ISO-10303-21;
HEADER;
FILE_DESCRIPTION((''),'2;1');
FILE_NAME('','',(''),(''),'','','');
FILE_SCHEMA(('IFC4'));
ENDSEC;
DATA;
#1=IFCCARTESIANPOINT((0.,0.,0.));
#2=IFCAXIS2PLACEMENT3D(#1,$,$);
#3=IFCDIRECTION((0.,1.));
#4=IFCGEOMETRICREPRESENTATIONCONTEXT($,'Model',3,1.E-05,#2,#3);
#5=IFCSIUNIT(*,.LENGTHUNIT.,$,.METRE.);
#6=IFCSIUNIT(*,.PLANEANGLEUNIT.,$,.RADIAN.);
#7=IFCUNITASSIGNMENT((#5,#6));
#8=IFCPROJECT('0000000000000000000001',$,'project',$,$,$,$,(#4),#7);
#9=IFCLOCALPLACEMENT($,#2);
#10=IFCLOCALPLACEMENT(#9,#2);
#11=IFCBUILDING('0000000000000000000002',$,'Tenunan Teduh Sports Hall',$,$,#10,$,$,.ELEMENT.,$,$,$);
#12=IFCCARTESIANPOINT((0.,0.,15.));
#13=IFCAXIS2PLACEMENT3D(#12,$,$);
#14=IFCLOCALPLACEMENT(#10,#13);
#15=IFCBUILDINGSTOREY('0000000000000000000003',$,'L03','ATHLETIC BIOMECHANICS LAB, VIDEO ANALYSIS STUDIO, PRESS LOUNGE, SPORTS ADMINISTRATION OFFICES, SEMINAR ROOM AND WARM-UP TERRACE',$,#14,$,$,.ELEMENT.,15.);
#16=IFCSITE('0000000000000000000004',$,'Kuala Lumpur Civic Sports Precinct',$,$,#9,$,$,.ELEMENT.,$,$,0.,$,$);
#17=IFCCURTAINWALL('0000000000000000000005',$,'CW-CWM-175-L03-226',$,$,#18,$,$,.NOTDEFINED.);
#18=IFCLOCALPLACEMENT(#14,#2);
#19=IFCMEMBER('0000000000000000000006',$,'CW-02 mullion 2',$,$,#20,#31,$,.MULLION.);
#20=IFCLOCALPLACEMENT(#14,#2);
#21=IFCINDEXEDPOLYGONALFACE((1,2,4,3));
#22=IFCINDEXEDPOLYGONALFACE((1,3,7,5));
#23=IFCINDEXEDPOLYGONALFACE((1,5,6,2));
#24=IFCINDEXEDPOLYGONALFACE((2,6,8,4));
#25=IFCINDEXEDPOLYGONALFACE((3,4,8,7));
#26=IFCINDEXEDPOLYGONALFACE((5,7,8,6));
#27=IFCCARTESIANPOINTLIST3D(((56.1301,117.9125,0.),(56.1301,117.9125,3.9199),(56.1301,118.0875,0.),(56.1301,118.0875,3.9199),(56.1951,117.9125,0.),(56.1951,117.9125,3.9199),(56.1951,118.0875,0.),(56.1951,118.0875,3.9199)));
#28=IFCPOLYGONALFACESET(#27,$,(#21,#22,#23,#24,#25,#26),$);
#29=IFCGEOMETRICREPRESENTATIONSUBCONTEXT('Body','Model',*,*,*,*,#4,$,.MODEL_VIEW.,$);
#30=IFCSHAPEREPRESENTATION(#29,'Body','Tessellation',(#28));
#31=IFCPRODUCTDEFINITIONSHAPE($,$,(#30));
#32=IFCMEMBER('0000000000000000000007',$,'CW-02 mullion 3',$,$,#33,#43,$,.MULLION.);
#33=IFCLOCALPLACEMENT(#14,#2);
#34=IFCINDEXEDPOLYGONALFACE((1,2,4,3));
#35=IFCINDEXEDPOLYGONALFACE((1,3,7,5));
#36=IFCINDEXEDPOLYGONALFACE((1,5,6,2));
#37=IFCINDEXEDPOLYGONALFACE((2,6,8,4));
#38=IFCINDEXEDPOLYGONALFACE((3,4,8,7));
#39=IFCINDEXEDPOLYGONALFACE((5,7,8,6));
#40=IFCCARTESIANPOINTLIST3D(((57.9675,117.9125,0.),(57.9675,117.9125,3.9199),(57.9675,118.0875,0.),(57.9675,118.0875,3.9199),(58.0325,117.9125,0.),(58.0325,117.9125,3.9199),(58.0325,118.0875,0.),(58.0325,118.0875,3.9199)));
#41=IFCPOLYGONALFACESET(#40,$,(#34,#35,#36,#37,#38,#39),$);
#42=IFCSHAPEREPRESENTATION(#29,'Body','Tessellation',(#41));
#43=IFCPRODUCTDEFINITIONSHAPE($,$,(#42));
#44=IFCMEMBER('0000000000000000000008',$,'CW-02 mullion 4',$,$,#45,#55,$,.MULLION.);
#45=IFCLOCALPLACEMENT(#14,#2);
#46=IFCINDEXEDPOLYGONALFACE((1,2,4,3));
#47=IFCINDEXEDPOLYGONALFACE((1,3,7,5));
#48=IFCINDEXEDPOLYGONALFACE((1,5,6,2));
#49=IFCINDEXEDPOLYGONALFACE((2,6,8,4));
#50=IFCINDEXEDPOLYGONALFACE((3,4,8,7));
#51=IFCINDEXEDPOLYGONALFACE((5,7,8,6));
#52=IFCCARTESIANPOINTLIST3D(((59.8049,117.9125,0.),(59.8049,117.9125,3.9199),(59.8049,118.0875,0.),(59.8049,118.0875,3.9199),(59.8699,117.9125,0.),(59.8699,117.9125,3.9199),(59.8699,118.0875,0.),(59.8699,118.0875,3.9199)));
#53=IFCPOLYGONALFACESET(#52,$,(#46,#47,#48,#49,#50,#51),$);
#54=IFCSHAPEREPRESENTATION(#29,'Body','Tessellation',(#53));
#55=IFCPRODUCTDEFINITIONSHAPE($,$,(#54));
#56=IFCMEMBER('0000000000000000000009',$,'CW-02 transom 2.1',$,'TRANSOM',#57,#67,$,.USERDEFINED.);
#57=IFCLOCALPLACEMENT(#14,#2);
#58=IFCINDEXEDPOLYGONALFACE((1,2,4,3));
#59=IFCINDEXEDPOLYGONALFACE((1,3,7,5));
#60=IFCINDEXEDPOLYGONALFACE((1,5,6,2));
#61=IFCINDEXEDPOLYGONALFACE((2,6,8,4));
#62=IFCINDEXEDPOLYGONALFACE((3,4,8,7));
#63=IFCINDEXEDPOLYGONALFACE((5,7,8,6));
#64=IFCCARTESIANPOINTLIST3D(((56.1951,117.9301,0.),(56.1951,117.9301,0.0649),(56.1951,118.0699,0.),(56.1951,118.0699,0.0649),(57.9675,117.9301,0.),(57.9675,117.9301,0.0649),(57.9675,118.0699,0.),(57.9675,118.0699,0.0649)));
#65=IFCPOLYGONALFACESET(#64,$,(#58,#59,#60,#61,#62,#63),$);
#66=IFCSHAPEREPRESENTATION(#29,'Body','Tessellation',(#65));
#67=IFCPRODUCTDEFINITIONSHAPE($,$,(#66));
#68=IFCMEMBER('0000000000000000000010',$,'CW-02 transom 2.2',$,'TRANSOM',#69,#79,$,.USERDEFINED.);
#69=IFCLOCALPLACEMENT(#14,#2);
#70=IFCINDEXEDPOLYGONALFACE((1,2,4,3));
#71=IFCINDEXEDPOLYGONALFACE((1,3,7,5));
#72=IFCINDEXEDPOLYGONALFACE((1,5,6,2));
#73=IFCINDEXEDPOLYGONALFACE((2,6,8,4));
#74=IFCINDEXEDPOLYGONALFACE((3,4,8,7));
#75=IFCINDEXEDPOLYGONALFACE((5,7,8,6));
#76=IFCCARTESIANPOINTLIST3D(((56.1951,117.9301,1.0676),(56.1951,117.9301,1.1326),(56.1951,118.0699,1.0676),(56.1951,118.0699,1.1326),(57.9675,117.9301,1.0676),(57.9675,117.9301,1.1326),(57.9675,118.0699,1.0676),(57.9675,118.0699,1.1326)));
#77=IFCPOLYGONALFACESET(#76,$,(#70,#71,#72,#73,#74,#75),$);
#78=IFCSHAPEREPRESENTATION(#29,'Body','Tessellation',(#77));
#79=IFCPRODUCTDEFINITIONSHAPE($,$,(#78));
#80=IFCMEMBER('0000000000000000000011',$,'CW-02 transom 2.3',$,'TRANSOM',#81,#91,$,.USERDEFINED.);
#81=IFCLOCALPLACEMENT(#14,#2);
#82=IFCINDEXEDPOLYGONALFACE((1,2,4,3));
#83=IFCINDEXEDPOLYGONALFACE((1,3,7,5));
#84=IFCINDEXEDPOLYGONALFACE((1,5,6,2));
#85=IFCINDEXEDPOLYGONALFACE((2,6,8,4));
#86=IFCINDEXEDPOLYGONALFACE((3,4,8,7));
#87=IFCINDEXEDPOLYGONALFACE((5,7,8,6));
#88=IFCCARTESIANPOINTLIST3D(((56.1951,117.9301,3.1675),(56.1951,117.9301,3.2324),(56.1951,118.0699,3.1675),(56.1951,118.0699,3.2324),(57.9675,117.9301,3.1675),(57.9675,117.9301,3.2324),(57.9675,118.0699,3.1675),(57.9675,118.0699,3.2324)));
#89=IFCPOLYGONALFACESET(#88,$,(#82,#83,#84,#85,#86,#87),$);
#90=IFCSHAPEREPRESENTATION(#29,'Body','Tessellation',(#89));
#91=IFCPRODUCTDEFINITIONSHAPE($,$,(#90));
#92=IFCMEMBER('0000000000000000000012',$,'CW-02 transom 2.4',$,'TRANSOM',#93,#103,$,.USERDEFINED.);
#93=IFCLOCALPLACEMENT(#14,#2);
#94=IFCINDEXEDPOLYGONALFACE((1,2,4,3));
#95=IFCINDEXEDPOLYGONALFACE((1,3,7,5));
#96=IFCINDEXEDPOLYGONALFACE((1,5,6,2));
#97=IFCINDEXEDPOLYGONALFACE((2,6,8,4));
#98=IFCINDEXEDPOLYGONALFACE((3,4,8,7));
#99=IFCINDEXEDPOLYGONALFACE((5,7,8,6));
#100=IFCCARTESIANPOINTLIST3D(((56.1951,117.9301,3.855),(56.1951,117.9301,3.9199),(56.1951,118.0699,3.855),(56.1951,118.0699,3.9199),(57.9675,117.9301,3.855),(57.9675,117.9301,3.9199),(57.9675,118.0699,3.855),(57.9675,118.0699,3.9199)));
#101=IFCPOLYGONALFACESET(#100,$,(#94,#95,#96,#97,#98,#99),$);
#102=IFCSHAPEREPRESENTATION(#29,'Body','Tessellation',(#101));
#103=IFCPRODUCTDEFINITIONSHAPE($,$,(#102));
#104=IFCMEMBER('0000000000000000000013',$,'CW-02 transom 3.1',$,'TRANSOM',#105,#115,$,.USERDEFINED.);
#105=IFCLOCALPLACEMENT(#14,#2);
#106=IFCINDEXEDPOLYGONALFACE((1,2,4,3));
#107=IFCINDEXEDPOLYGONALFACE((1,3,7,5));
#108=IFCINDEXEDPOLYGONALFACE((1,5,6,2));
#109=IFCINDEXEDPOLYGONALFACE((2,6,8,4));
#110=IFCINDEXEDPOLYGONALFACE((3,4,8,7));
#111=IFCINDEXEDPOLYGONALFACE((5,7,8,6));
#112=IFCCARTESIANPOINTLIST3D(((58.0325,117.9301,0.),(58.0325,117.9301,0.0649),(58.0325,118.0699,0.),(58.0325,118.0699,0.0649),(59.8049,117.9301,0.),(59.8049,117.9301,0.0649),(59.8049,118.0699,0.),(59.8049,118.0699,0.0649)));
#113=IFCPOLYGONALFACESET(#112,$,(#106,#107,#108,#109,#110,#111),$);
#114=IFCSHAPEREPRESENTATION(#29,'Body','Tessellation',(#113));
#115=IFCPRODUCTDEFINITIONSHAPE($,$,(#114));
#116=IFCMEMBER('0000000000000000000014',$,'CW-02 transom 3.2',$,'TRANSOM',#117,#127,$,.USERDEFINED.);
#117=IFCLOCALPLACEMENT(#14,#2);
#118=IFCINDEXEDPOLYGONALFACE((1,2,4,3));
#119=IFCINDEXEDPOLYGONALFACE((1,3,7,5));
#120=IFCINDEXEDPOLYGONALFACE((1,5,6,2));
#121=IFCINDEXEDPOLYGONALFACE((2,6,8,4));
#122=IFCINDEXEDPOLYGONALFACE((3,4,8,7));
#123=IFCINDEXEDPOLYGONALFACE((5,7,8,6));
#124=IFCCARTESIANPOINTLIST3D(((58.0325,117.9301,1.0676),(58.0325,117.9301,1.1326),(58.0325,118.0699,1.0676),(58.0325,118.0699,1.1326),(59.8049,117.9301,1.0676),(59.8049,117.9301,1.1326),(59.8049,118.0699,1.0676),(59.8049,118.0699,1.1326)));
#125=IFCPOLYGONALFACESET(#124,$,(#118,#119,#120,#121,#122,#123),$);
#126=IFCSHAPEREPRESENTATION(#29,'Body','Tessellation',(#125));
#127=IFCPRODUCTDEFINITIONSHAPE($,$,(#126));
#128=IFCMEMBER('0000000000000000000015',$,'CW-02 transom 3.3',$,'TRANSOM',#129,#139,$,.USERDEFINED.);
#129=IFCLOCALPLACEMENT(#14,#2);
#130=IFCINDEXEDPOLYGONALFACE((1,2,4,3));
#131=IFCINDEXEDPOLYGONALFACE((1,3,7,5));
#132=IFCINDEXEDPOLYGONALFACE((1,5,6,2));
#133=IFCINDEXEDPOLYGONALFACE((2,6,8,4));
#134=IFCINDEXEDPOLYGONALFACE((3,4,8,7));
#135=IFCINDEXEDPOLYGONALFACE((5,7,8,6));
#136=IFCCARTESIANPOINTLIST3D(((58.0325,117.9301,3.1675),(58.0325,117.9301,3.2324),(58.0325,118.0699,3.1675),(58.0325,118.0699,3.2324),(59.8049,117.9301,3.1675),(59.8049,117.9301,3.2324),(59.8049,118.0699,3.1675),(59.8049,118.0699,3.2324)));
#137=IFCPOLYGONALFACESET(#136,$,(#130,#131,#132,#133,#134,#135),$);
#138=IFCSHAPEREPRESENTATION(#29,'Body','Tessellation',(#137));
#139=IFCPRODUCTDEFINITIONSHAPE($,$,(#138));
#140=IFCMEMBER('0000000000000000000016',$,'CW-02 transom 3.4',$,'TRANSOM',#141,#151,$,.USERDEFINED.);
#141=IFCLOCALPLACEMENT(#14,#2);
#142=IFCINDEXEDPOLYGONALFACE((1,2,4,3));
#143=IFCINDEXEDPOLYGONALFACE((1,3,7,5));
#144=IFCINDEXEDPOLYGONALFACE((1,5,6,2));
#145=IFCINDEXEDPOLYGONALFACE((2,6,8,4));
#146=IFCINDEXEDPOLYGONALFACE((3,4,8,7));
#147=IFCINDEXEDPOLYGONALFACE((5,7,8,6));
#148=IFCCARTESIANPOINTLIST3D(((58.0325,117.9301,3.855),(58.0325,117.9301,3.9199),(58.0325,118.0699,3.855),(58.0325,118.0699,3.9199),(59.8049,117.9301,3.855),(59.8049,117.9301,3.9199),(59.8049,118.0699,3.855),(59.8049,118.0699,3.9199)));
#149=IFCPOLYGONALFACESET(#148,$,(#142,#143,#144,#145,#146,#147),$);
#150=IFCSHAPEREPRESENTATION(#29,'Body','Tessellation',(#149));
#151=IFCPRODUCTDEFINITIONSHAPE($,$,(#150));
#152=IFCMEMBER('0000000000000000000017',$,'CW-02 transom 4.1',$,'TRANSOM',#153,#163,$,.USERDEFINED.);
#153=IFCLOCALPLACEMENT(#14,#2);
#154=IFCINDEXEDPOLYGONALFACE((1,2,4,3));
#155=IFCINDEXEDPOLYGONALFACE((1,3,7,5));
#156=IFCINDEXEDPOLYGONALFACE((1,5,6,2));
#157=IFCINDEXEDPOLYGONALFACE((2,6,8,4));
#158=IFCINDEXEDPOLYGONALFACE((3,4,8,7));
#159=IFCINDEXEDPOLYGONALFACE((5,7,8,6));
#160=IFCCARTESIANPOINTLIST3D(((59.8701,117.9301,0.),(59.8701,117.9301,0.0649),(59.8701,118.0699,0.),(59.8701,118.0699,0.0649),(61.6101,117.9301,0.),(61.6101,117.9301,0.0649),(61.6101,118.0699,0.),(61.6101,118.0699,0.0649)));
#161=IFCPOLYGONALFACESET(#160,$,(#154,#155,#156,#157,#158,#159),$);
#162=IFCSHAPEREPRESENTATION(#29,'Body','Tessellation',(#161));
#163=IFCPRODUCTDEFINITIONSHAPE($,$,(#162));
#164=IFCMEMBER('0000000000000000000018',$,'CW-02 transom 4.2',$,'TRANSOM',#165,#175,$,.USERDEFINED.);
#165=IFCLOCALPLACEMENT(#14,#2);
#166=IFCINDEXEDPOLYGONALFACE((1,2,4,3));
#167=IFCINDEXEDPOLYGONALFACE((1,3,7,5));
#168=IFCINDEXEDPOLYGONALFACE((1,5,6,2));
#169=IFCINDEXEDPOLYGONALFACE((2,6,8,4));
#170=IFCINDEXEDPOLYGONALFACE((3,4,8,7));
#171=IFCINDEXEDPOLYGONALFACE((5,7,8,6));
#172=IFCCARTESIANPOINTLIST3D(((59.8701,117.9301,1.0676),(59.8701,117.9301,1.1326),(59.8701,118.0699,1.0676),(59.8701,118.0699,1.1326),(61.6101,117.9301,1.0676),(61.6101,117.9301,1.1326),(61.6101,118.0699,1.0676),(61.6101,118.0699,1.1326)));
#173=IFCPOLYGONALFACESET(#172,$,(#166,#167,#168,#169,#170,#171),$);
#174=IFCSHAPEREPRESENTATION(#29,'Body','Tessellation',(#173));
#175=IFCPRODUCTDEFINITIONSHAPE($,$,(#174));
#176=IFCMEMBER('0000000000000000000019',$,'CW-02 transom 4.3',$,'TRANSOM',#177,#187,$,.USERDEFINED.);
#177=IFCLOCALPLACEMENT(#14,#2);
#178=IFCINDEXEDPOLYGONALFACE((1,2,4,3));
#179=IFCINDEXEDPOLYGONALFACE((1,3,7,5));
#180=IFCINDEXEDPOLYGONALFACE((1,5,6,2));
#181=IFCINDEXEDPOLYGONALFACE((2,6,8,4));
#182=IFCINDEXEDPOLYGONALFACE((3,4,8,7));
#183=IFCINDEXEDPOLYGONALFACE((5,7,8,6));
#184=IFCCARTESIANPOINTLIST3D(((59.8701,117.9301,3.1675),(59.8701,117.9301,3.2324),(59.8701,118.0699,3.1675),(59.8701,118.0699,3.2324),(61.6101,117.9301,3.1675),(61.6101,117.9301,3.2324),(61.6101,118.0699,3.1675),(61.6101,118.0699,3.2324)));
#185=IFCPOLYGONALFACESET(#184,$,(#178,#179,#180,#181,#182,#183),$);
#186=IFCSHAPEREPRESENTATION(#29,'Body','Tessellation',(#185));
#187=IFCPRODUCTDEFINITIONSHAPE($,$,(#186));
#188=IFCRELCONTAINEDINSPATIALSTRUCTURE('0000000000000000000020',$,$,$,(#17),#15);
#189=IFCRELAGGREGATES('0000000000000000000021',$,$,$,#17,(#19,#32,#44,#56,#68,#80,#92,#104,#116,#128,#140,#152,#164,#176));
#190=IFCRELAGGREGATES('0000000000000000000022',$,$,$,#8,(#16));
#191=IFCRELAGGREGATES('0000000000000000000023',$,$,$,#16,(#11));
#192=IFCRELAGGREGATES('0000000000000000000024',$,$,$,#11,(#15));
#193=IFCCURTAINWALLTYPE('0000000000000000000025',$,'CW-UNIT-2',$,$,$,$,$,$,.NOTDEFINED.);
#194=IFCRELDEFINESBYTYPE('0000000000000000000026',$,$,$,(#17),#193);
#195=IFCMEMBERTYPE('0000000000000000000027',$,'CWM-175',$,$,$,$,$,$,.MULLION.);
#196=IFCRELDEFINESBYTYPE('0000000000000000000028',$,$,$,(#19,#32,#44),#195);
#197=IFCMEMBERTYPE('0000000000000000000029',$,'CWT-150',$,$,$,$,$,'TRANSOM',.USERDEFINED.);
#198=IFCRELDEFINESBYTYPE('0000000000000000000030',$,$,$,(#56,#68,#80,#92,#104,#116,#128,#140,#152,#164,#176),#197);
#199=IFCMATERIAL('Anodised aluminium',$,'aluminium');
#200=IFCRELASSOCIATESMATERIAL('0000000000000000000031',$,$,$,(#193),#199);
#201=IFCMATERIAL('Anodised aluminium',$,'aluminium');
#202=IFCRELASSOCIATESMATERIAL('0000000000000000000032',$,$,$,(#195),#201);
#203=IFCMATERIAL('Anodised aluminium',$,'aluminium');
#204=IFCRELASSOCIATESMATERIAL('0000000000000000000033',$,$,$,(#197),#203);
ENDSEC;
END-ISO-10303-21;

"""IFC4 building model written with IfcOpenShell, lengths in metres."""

from ifc_helpers import new_model, si_unit, direction, frame, origin, origin_2d, place, context, subcontext, project, spatial, rectangle, extrude, material, material_profile, profile_set, type_object, element, aggregate, save


model = new_model("IFC4")

# Units and contexts
model_context = context("Model", 3, precision=1e-05, world=origin(), true_north=direction((0.0, 1.0)))
body_context = subcontext(model_context, "Body", "Model", "MODEL_VIEW")
ifc_project = project(units=[si_unit("LENGTHUNIT", "METRE"), si_unit("PLANEANGLEUNIT", "RADIAN")], contexts=[model_context])

# Site, building, storey
site_placement = place(None, origin())
site = spatial("IfcSite", under=ifc_project, at=site_placement, Name="Kuala Lumpur Civic Sports Precinct", CompositionType="ELEMENT", RefElevation=0.0)
building_placement = place(site_placement, origin())
building = spatial("IfcBuilding", under=site, at=building_placement, Name="Tenunan Teduh Sports Hall", CompositionType="ELEMENT")
storey_placement = place(building_placement, frame((0.0, 0.0, 15.0)))
storey = spatial("IfcBuildingStorey", under=building, at=storey_placement, Name="L03", Description="ATHLETIC BIOMECHANICS LAB, VIDEO ANALYSIS STUDIO, PRESS LOUNGE, SPORTS ADMINISTRATION OFFICES, SEMINAR ROOM AND WARM-UP TERRACE", CompositionType="ELEMENT", Elevation=15.0)

# Curtain wall, members
ifc_material_1 = material(Name="Anodised aluminium", Category="aluminium")
curtain_wall_type = type_object("IfcCurtainWallType", Name="CW-UNIT-2", PredefinedType="NOTDEFINED", material=ifc_material_1)
curtain_wall_placement = place(storey_placement, origin())
curtain_wall = element("IfcCurtainWall", 1, at=curtain_wall_placement, inside=storey, type_object=curtain_wall_type, Name="CW-CWM-175-L03-226", PredefinedType="NOTDEFINED")
ifc_material_2 = material(Name="Anodised aluminium", Category="aluminium")
ifc_material_profile_1 = material_profile(ifc_material_2, rectangle(XDim=0.0649, YDim=0.175, at=origin_2d()), Name="CWM 65x175")
ifc_profile_set_1 = profile_set([ifc_material_profile_1], Name="Anodised aluminium")
member_type_1 = type_object("IfcMemberType", Name="CWM-175", PredefinedType="MULLION", material=ifc_profile_set_1)
member_1_placement = place(storey_placement, frame((56.1626, 118.0, 0.0), z_axis=(0.0, 0.0, 1.0), x_axis=(1.0, 0.0, 0.0)))
member_1 = element("IfcMember", 2, at=member_1_placement, type_object=member_type_1, Name="CW-02 mullion 2", PredefinedType="MULLION", context=body_context, shape_type="SweptSolid", body=[
    extrude(rectangle(XDim=0.0649, YDim=0.175, at=origin_2d()), origin(), (0.0, 0.0, 1.0), 3.9199),
])
member_2_placement = place(storey_placement, frame((58.0, 118.0, 0.0), z_axis=(0.0, 0.0, 1.0), x_axis=(1.0, 0.0, 0.0)))
member_2 = element("IfcMember", 3, at=member_2_placement, type_object=member_type_1, Name="CW-02 mullion 3", PredefinedType="MULLION", context=body_context, shape_type="SweptSolid", body=[
    extrude(rectangle(XDim=0.0649, YDim=0.175, at=origin_2d()), origin(), (0.0, 0.0, 1.0), 3.9199),
])
member_3_placement = place(storey_placement, frame((59.8374, 118.0, 0.0), z_axis=(0.0, 0.0, 1.0), x_axis=(1.0, 0.0, 0.0)))
member_3 = element("IfcMember", 4, at=member_3_placement, type_object=member_type_1, Name="CW-02 mullion 4", PredefinedType="MULLION", context=body_context, shape_type="SweptSolid", body=[
    extrude(rectangle(XDim=0.0649, YDim=0.175, at=origin_2d()), origin(), (0.0, 0.0, 1.0), 3.9199),
])
ifc_material_3 = material(Name="Anodised aluminium", Category="aluminium")
ifc_material_profile_2 = material_profile(ifc_material_3, rectangle(XDim=0.0649, YDim=0.1399, at=origin_2d()), Name="CWT 65x140")
ifc_profile_set_2 = profile_set([ifc_material_profile_2], Name="Anodised aluminium")
member_type_2 = type_object("IfcMemberType", Name="CWT-150", ElementType="TRANSOM", PredefinedType="USERDEFINED", material=ifc_profile_set_2)
member_4_placement = place(storey_placement, frame((56.1951, 118.0, 0.0325), z_axis=(1.0, 0.0, 0.0), x_axis=(0.0, 0.0, 1.0)))
member_4 = element("IfcMember", 5, at=member_4_placement, type_object=member_type_2, Name="CW-02 transom 2.1", ObjectType="TRANSOM", PredefinedType="USERDEFINED", context=body_context, shape_type="SweptSolid", body=[
    extrude(rectangle(XDim=0.0649, YDim=0.1399, at=origin_2d()), origin(), (0.0, 0.0, 1.0), 1.7725),
])
member_5_placement = place(storey_placement, frame((56.1951, 118.0, 1.1001), z_axis=(1.0, 0.0, 0.0), x_axis=(0.0, 0.0, 1.0)))
member_5 = element("IfcMember", 6, at=member_5_placement, type_object=member_type_2, Name="CW-02 transom 2.2", ObjectType="TRANSOM", PredefinedType="USERDEFINED", context=body_context, shape_type="SweptSolid", body=[
    extrude(rectangle(XDim=0.0649, YDim=0.1399, at=origin_2d()), origin(), (0.0, 0.0, 1.0), 1.7725),
])
member_6_placement = place(storey_placement, frame((56.1951, 118.0, 3.2), z_axis=(1.0, 0.0, 0.0), x_axis=(0.0, 0.0, 1.0)))
member_6 = element("IfcMember", 7, at=member_6_placement, type_object=member_type_2, Name="CW-02 transom 2.3", ObjectType="TRANSOM", PredefinedType="USERDEFINED", context=body_context, shape_type="SweptSolid", body=[
    extrude(rectangle(XDim=0.0649, YDim=0.1399, at=origin_2d()), origin(), (0.0, 0.0, 1.0), 1.7725),
])
member_7_placement = place(storey_placement, frame((56.1951, 118.0, 3.8875), z_axis=(1.0, 0.0, 0.0), x_axis=(0.0, 0.0, 1.0)))
member_7 = element("IfcMember", 8, at=member_7_placement, type_object=member_type_2, Name="CW-02 transom 2.4", ObjectType="TRANSOM", PredefinedType="USERDEFINED", context=body_context, shape_type="SweptSolid", body=[
    extrude(rectangle(XDim=0.0649, YDim=0.1399, at=origin_2d()), origin(), (0.0, 0.0, 1.0), 1.7725),
])
member_8_placement = place(storey_placement, frame((58.0325, 118.0, 0.0325), z_axis=(1.0, 0.0, 0.0), x_axis=(0.0, 0.0, 1.0)))
member_8 = element("IfcMember", 9, at=member_8_placement, type_object=member_type_2, Name="CW-02 transom 3.1", ObjectType="TRANSOM", PredefinedType="USERDEFINED", context=body_context, shape_type="SweptSolid", body=[
    extrude(rectangle(XDim=0.0649, YDim=0.1399, at=origin_2d()), origin(), (0.0, 0.0, 1.0), 1.7725),
])
member_9_placement = place(storey_placement, frame((58.0325, 118.0, 1.1001), z_axis=(1.0, 0.0, 0.0), x_axis=(0.0, 0.0, 1.0)))
member_9 = element("IfcMember", 10, at=member_9_placement, type_object=member_type_2, Name="CW-02 transom 3.2", ObjectType="TRANSOM", PredefinedType="USERDEFINED", context=body_context, shape_type="SweptSolid", body=[
    extrude(rectangle(XDim=0.0649, YDim=0.1399, at=origin_2d()), origin(), (0.0, 0.0, 1.0), 1.7725),
])
member_10_placement = place(storey_placement, frame((58.0325, 118.0, 3.2), z_axis=(1.0, 0.0, 0.0), x_axis=(0.0, 0.0, 1.0)))
member_10 = element("IfcMember", 11, at=member_10_placement, type_object=member_type_2, Name="CW-02 transom 3.3", ObjectType="TRANSOM", PredefinedType="USERDEFINED", context=body_context, shape_type="SweptSolid", body=[
    extrude(rectangle(XDim=0.0649, YDim=0.1399, at=origin_2d()), origin(), (0.0, 0.0, 1.0), 1.7725),
])
member_11_placement = place(storey_placement, frame((58.0325, 118.0, 3.8875), z_axis=(1.0, 0.0, 0.0), x_axis=(0.0, 0.0, 1.0)))
member_11 = element("IfcMember", 12, at=member_11_placement, type_object=member_type_2, Name="CW-02 transom 3.4", ObjectType="TRANSOM", PredefinedType="USERDEFINED", context=body_context, shape_type="SweptSolid", body=[
    extrude(rectangle(XDim=0.0649, YDim=0.1399, at=origin_2d()), origin(), (0.0, 0.0, 1.0), 1.7725),
])
member_12_placement = place(storey_placement, frame((59.8701, 118.0, 0.0325), z_axis=(1.0, 0.0, 0.0), x_axis=(0.0, 0.0, 1.0)))
member_12 = element("IfcMember", 13, at=member_12_placement, type_object=member_type_2, Name="CW-02 transom 4.1", ObjectType="TRANSOM", PredefinedType="USERDEFINED", context=body_context, shape_type="SweptSolid", body=[
    extrude(rectangle(XDim=0.0649, YDim=0.1399, at=origin_2d()), origin(), (0.0, 0.0, 1.0), 1.74),
])
member_13_placement = place(storey_placement, frame((59.8701, 118.0, 1.1001), z_axis=(1.0, 0.0, 0.0), x_axis=(0.0, 0.0, 1.0)))
member_13 = element("IfcMember", 14, at=member_13_placement, type_object=member_type_2, Name="CW-02 transom 4.2", ObjectType="TRANSOM", PredefinedType="USERDEFINED", context=body_context, shape_type="SweptSolid", body=[
    extrude(rectangle(XDim=0.0649, YDim=0.1399, at=origin_2d()), origin(), (0.0, 0.0, 1.0), 1.74),
])
member_14_placement = place(storey_placement, frame((59.8701, 118.0, 3.2), z_axis=(1.0, 0.0, 0.0), x_axis=(0.0, 0.0, 1.0)))
member_14 = element("IfcMember", 15, at=member_14_placement, type_object=member_type_2, Name="CW-02 transom 4.3", ObjectType="TRANSOM", PredefinedType="USERDEFINED", context=body_context, shape_type="SweptSolid", body=[
    extrude(rectangle(XDim=0.0649, YDim=0.1399, at=origin_2d()), origin(), (0.0, 0.0, 1.0), 1.74),
])
aggregate(curtain_wall, [member_1, member_2, member_3, member_4, member_5, member_6, member_7, member_8, member_9, member_10, member_11, member_12, member_13, member_14])

save(model, "model.ifc")
